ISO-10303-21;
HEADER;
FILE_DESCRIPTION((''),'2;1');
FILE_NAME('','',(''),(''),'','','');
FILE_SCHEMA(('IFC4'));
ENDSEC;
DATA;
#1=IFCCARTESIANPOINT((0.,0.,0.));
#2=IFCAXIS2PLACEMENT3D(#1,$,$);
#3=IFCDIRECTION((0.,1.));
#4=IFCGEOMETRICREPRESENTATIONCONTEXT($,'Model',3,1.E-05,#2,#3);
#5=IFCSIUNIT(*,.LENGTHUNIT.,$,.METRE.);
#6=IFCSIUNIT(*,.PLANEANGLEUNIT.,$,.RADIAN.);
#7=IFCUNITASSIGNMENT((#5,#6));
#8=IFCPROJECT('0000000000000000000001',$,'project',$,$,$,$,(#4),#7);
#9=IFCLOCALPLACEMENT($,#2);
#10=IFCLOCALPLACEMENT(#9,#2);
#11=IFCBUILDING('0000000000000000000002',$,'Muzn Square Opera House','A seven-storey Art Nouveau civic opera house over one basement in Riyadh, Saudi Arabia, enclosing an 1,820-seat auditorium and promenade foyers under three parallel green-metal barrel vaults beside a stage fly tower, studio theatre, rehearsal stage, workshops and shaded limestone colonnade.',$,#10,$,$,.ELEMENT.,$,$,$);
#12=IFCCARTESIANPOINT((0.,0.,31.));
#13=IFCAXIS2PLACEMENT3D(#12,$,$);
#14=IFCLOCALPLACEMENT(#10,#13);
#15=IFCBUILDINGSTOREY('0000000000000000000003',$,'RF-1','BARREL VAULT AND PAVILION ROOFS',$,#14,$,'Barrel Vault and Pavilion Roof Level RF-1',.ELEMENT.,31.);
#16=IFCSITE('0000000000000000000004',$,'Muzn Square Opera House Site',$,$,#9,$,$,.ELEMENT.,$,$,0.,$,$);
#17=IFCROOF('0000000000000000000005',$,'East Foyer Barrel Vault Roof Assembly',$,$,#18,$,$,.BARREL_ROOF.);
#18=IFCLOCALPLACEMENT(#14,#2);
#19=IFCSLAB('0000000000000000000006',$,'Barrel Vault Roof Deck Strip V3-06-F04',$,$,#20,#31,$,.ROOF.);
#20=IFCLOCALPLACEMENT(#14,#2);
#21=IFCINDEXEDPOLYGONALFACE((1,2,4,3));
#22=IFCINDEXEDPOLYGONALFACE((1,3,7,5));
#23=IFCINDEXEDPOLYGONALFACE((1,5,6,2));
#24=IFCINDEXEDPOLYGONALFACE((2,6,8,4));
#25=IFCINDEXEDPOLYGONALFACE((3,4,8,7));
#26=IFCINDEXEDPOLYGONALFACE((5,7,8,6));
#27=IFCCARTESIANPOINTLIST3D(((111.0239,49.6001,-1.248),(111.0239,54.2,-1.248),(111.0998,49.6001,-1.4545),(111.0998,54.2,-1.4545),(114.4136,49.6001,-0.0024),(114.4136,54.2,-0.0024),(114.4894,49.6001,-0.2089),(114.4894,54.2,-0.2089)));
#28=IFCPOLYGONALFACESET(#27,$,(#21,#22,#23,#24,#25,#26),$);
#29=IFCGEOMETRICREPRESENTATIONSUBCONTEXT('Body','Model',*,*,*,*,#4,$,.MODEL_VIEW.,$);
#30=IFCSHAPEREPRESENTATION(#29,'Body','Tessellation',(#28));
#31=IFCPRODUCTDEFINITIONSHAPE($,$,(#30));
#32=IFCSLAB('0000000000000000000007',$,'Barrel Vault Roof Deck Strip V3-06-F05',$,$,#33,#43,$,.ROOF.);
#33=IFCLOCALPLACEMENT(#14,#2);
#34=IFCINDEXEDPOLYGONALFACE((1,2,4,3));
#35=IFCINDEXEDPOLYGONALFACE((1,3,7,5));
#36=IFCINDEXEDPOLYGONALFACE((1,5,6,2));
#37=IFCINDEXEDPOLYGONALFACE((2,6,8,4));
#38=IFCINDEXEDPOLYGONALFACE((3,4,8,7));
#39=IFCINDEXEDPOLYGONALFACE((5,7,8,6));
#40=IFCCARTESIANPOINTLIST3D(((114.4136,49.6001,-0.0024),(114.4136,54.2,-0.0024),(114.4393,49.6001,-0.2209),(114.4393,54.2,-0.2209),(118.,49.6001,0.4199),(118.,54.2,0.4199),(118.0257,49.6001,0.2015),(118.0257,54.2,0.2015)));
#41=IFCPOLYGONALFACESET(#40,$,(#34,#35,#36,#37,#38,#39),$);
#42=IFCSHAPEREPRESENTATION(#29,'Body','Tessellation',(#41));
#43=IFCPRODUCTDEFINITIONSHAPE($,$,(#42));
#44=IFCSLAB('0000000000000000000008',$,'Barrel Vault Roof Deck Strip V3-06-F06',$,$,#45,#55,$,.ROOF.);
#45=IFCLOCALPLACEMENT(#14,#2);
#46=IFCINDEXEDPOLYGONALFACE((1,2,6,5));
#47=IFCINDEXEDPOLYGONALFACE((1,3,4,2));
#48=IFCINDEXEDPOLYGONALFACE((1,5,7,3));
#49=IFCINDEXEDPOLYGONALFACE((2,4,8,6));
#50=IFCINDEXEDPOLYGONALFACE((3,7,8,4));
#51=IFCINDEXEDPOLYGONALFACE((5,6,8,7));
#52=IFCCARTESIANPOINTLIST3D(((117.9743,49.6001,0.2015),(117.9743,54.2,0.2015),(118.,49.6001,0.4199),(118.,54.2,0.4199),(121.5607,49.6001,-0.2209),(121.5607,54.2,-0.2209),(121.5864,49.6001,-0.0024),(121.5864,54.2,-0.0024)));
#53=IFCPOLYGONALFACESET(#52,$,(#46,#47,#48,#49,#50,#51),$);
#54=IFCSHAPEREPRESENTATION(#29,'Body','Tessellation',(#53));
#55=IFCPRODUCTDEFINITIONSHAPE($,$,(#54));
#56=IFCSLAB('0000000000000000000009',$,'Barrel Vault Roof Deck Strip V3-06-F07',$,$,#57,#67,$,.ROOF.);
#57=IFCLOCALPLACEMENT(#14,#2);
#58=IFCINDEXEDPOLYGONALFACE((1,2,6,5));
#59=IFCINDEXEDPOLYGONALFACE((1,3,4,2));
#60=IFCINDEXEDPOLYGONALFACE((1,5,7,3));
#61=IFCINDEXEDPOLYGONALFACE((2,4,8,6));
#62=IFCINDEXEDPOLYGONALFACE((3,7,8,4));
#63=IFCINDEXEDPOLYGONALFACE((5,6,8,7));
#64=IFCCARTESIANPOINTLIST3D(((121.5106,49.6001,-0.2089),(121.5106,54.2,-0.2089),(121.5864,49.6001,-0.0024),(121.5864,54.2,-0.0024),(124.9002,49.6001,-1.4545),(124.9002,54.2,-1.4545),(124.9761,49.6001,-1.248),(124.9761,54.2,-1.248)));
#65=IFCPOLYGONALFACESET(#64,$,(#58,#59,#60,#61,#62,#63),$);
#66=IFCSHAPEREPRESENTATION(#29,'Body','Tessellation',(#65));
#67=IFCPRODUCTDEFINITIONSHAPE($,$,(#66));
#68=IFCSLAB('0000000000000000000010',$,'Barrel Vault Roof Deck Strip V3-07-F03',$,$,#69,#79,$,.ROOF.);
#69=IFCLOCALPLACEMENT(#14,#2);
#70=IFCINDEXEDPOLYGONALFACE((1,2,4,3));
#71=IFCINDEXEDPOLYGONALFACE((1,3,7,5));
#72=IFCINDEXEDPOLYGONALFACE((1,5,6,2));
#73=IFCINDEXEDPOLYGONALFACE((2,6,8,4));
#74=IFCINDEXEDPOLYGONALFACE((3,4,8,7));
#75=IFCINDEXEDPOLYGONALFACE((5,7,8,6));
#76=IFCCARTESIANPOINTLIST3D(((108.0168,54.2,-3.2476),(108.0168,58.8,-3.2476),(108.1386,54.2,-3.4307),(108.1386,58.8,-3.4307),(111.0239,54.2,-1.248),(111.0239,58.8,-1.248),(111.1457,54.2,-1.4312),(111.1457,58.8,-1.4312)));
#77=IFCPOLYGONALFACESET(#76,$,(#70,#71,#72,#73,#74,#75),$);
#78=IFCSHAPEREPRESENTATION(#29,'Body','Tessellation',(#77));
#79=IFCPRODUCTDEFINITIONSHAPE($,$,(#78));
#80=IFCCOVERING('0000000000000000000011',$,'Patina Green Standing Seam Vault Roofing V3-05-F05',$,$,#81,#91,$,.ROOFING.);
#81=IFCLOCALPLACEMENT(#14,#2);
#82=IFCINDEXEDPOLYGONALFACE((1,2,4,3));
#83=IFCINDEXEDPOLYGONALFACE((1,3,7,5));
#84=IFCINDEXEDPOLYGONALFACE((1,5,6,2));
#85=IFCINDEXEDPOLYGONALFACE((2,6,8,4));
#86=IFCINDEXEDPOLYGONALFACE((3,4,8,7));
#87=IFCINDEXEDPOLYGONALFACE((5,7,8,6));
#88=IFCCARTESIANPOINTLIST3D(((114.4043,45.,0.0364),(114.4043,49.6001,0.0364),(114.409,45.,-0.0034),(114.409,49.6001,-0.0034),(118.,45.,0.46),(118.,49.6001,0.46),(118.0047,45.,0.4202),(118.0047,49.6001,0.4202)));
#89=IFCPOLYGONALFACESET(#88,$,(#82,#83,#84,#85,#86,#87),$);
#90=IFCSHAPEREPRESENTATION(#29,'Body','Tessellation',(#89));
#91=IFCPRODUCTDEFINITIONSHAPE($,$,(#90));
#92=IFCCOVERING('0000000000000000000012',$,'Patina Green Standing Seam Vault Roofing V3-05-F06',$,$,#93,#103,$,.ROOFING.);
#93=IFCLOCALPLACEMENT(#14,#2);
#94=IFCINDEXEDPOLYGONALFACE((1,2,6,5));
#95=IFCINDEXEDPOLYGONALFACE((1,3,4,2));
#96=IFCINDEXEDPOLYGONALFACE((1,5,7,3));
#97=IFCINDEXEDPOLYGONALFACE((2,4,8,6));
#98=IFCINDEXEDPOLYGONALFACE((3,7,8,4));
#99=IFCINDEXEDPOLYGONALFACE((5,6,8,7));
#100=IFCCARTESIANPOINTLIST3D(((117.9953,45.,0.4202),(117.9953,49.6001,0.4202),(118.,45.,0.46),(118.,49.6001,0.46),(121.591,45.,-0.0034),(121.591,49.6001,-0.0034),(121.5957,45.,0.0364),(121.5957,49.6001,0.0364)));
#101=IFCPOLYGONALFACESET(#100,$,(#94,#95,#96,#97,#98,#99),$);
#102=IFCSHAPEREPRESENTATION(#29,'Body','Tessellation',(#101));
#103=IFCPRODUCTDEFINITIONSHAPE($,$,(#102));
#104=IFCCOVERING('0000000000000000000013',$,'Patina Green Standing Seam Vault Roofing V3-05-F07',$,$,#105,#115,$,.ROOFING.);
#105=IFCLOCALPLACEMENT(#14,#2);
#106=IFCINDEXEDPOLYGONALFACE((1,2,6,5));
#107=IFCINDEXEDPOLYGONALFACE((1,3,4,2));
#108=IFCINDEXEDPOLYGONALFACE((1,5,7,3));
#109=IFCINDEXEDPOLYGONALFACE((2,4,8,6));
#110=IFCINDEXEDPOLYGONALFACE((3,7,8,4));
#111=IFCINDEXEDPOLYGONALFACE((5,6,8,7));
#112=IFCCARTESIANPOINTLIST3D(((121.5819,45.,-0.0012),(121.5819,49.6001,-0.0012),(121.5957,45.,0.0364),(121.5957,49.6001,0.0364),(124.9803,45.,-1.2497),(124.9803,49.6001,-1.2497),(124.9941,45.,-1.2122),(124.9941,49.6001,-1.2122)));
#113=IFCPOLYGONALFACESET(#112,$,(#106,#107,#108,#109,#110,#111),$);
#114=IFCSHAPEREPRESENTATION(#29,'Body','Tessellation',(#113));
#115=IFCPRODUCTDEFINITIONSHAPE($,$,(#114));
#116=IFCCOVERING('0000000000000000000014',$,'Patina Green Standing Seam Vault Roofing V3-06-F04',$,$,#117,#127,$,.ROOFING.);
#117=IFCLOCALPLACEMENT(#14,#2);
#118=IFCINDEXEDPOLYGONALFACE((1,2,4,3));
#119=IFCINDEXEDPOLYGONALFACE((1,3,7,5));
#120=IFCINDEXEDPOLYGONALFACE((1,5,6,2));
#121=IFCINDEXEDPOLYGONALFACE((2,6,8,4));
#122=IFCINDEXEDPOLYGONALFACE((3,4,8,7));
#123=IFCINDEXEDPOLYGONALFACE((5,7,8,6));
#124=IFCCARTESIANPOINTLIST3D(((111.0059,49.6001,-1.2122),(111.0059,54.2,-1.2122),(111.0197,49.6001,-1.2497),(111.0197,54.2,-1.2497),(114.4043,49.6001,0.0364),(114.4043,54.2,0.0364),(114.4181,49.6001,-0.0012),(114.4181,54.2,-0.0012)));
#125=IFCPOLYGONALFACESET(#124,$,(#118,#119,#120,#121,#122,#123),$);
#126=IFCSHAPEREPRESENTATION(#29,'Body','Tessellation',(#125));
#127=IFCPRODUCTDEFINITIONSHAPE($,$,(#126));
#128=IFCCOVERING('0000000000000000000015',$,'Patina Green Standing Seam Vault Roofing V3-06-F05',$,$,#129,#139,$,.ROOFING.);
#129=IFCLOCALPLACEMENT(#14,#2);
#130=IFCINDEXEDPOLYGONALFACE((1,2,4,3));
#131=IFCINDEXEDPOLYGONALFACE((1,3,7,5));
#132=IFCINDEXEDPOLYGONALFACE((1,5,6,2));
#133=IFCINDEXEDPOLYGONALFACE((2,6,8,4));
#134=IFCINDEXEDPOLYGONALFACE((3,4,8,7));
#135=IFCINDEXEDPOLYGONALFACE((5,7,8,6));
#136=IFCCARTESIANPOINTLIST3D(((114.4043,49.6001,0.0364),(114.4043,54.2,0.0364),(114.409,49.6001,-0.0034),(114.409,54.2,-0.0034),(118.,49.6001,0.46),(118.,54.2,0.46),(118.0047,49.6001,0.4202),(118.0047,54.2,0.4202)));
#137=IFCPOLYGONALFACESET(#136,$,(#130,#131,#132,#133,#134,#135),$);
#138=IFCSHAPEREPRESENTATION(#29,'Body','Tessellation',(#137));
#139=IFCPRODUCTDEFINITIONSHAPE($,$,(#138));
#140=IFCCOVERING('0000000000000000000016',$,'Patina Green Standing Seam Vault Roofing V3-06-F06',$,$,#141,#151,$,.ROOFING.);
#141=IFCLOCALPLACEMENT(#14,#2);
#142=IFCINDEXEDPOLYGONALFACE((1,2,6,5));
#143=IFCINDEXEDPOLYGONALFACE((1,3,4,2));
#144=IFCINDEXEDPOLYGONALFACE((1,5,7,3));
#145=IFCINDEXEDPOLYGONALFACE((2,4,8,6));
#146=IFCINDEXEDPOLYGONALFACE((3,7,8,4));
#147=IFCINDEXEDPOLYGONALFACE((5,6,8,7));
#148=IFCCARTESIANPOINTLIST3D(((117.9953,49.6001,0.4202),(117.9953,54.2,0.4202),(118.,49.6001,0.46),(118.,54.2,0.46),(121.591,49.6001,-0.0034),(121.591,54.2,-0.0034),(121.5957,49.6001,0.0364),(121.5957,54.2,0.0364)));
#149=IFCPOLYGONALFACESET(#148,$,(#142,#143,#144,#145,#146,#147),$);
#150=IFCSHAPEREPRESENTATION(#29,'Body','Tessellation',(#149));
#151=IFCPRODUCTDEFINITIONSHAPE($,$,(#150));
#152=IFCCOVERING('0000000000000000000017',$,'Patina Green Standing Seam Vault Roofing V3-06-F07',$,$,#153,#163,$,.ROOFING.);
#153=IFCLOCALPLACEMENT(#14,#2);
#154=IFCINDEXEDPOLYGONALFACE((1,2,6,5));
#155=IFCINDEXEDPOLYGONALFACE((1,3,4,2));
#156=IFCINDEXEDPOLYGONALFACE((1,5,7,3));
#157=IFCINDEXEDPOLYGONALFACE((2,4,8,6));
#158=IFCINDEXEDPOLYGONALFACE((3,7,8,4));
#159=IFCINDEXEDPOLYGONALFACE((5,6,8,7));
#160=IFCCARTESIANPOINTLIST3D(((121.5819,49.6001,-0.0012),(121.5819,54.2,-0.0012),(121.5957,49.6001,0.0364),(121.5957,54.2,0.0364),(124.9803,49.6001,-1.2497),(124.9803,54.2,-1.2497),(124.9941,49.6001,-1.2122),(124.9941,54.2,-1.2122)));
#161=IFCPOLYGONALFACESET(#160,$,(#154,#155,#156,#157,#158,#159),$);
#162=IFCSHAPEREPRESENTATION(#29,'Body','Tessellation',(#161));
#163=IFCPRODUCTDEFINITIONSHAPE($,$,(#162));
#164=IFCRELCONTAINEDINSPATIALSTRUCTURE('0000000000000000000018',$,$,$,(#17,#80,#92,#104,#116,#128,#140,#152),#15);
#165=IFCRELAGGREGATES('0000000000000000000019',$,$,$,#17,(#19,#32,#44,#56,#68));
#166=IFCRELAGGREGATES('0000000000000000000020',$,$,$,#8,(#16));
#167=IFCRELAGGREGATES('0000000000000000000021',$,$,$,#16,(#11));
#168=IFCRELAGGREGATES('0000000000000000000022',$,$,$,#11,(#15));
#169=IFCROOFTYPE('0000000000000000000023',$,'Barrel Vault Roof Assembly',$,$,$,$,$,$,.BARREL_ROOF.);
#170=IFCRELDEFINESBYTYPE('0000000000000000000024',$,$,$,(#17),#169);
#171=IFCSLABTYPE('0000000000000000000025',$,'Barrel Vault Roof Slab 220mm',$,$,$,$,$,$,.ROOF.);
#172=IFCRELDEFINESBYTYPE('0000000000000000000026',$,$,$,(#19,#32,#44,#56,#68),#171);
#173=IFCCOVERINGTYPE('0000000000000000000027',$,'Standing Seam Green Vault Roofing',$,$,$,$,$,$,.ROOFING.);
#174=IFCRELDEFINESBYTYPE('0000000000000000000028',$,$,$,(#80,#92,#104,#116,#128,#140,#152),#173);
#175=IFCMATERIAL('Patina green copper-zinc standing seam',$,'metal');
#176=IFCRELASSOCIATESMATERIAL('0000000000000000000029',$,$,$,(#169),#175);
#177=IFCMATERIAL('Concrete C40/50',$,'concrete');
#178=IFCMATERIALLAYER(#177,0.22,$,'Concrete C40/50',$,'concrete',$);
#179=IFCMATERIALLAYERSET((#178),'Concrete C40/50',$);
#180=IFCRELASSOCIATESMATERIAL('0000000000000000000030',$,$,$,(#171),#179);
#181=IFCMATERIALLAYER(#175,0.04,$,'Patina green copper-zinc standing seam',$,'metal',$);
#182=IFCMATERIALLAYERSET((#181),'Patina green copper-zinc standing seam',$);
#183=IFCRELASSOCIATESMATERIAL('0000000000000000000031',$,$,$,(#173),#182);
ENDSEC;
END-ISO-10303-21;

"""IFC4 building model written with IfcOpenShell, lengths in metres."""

from ifc_helpers import new_model, si_unit, direction, frame, origin, place, context, subcontext, project, spatial, polyline, outline, extrude, material, layer, layer_set, type_object, element, aggregate, save


model = new_model("IFC4")

# Units and contexts
model_context = context("Model", 3, precision=1e-05, world=origin(), true_north=direction((0.0, 1.0)))
body_context = subcontext(model_context, "Body", "Model", "MODEL_VIEW")
ifc_project = project(units=[si_unit("LENGTHUNIT", "METRE"), si_unit("PLANEANGLEUNIT", "RADIAN")], contexts=[model_context])

# Site, building, storey
site_placement = place(None, origin())
site = spatial("IfcSite", under=ifc_project, at=site_placement, Name="Muzn Square Opera House Site", CompositionType="ELEMENT", RefElevation=0.0)
building_placement = place(site_placement, origin())
building = spatial("IfcBuilding", under=site, at=building_placement, Name="Muzn Square Opera House", Description="A seven-storey Art Nouveau civic opera house over one basement in Riyadh, Saudi Arabia, enclosing an 1,820-seat auditorium and promenade foyers under three parallel green-metal barrel vaults beside a stage fly tower, studio theatre, rehearsal stage, workshops and shaded limestone colonnade.", CompositionType="ELEMENT")
storey_placement = place(building_placement, frame((0.0, 0.0, 31.0)))
storey = spatial("IfcBuildingStorey", under=building, at=storey_placement, Name="RF-1", Description="BARREL VAULT AND PAVILION ROOFS", LongName="Barrel Vault and Pavilion Roof Level RF-1", CompositionType="ELEMENT", Elevation=31.0)

# Roof, slabs
ifc_material_1 = material(Name="Patina green copper-zinc standing seam", Category="metal")
roof_type = type_object("IfcRoofType", Name="Barrel Vault Roof Assembly", PredefinedType="BARREL_ROOF", material=ifc_material_1)
roof_placement = place(storey_placement, origin())
roof = element("IfcRoof", 1, at=roof_placement, inside=storey, type_object=roof_type, Name="East Foyer Barrel Vault Roof Assembly", PredefinedType="BARREL_ROOF")
ifc_material_2 = material(Name="Concrete C40/50", Category="concrete")
ifc_layer_1 = layer(ifc_material_2, 0.22, Name="Concrete C40/50", Category="concrete")
ifc_layer_set_1 = layer_set([ifc_layer_1], Name="Concrete C40/50")
slab_type = type_object("IfcSlabType", Name="Barrel Vault Roof Slab 220mm", PredefinedType="ROOF", material=ifc_layer_set_1)
slab_1_placement = place(storey_placement, frame((114.4136, 49.6001, -0.0024), z_axis=(-0.344922, 0.0, 0.938631), x_axis=(0.0, 1.0, 0.0)))
slab_1 = element("IfcSlab", 2, at=slab_1_placement, type_object=slab_type, Name="Barrel Vault Roof Deck Strip V3-06-F04", PredefinedType="ROOF", context=body_context, shape_type="SweptSolid", body=[
    extrude(outline(polyline([(0.0, 3.6113), (0.0, 0.0), (4.5999, 0.0), (4.5999, 3.6113), (0.0, 3.6113)])), origin(), (0.0, 0.0, -1.0), 0.22),
])
slab_2_placement = place(storey_placement, frame((118.0, 49.6001, 0.4199), z_axis=(-0.116959, 0.0, 0.993137), x_axis=(0.0, 1.0, 0.0)))
slab_2 = element("IfcSlab", 3, at=slab_2_placement, type_object=slab_type, Name="Barrel Vault Roof Deck Strip V3-06-F05", PredefinedType="ROOF", context=body_context, shape_type="SweptSolid", body=[
    extrude(outline(polyline([(0.0, 3.6112), (0.0, 0.0), (4.5999, 0.0), (4.5999, 3.6112), (0.0, 3.6112)])), origin(), (0.0, 0.0, -1.0), 0.22),
])
slab_3_placement = place(storey_placement, frame((118.0, 49.6001, 0.4199), z_axis=(0.116959, 0.0, 0.993137), x_axis=(0.993137, 0.0, -0.116959)))
slab_3 = element("IfcSlab", 4, at=slab_3_placement, type_object=slab_type, Name="Barrel Vault Roof Deck Strip V3-06-F06", PredefinedType="ROOF", context=body_context, shape_type="SweptSolid", body=[
    extrude(outline(polyline([(0.0, 0.0), (3.6112, 0.0), (3.6112, 4.5999), (0.0, 4.5999), (0.0, 0.0)])), origin(), (0.0, 0.0, -1.0), 0.22),
])
slab_4_placement = place(storey_placement, frame((121.5864, 49.6001, -0.0024), z_axis=(0.344922, 0.0, 0.938631), x_axis=(0.938631, 0.0, -0.344922)))
slab_4 = element("IfcSlab", 5, at=slab_4_placement, type_object=slab_type, Name="Barrel Vault Roof Deck Strip V3-06-F07", PredefinedType="ROOF", context=body_context, shape_type="SweptSolid", body=[
    extrude(outline(polyline([(0.0, 0.0), (3.6113, 0.0), (3.6113, 4.5999), (0.0, 4.5999), (0.0, 0.0)])), origin(), (0.0, 0.0, -1.0), 0.22),
])
slab_5_placement = place(storey_placement, frame((111.0239, 54.2, -1.248), z_axis=(-0.553701, 0.0, 0.832715), x_axis=(0.0, 1.0, 0.0)))
slab_5 = element("IfcSlab", 6, at=slab_5_placement, type_object=slab_type, Name="Barrel Vault Roof Deck Strip V3-07-F03", PredefinedType="ROOF", context=body_context, shape_type="SweptSolid", body=[
    extrude(outline(polyline([(0.0, 3.6112), (0.0, 0.0), (4.6001, 0.0), (4.6001, 3.6112), (0.0, 3.6112)])), origin(), (0.0, 0.0, -1.0), 0.22),
])
aggregate(roof, [slab_1, slab_2, slab_3, slab_4, slab_5])

# Coverings
ifc_layer_2 = layer(ifc_material_1, 0.04, Name="Patina green copper-zinc standing seam", Category="metal")
ifc_layer_set_2 = layer_set([ifc_layer_2], Name="Patina green copper-zinc standing seam")
covering_type = type_object("IfcCoveringType", Name="Standing Seam Green Vault Roofing", PredefinedType="ROOFING", material=ifc_layer_set_2)
covering_1_placement = place(storey_placement, frame((118.0, 45.0, 0.46), z_axis=(-0.116994, 0.0, 0.993133), x_axis=(0.0, 1.0, 0.0)))
element("IfcCovering", 7, at=covering_1_placement, inside=storey, type_object=covering_type, Name="Patina Green Standing Seam Vault Roofing V3-05-F05", PredefinedType="ROOFING", context=body_context, shape_type="SweptSolid", body=[
    extrude(outline(polyline([(0.0, 3.6206), (0.0, 0.0), (4.6001, 0.0), (4.6001, 3.6206), (0.0, 3.6206)])), origin(), (0.0, 0.0, -1.0), 0.04),
])
covering_2_placement = place(storey_placement, frame((118.0, 45.0, 0.46), z_axis=(0.116994, 0.0, 0.993133), x_axis=(0.993133, 0.0, -0.116994)))
element("IfcCovering", 8, at=covering_2_placement, inside=storey, type_object=covering_type, Name="Patina Green Standing Seam Vault Roofing V3-05-F06", PredefinedType="ROOFING", context=body_context, shape_type="SweptSolid", body=[
    extrude(outline(polyline([(0.0, 0.0), (3.6206, 0.0), (3.6206, 4.6001), (0.0, 4.6001), (0.0, 0.0)])), origin(), (0.0, 0.0, -1.0), 0.04),
])
covering_3_placement = place(storey_placement, frame((121.5957, 45.0, 0.0364), z_axis=(0.344849, 0.0, 0.938658), x_axis=(0.938658, 0.0, -0.344849)))
element("IfcCovering", 9, at=covering_3_placement, inside=storey, type_object=covering_type, Name="Patina Green Standing Seam Vault Roofing V3-05-F07", PredefinedType="ROOFING", context=body_context, shape_type="SweptSolid", body=[
    extrude(outline(polyline([(0.0, 0.0), (3.6205, 0.0), (3.6205, 4.6001), (0.0, 4.6001), (0.0, 0.0)])), origin(), (0.0, 0.0, -1.0), 0.04),
])
covering_4_placement = place(storey_placement, frame((114.4043, 49.6001, 0.0364), z_axis=(-0.344849, 0.0, 0.938658), x_axis=(0.0, 1.0, 0.0)))
element("IfcCovering", 10, at=covering_4_placement, inside=storey, type_object=covering_type, Name="Patina Green Standing Seam Vault Roofing V3-06-F04", PredefinedType="ROOFING", context=body_context, shape_type="SweptSolid", body=[
    extrude(outline(polyline([(0.0, 3.6205), (0.0, 0.0), (4.5999, 0.0), (4.5999, 3.6205), (0.0, 3.6205)])), origin(), (0.0, 0.0, -1.0), 0.04),
])
covering_5_placement = place(storey_placement, frame((118.0, 49.6001, 0.46), z_axis=(-0.116994, 0.0, 0.993133), x_axis=(0.0, 1.0, 0.0)))
element("IfcCovering", 11, at=covering_5_placement, inside=storey, type_object=covering_type, Name="Patina Green Standing Seam Vault Roofing V3-06-F05", PredefinedType="ROOFING", context=body_context, shape_type="SweptSolid", body=[
    extrude(outline(polyline([(0.0, 3.6206), (0.0, 0.0), (4.5999, 0.0), (4.5999, 3.6206), (0.0, 3.6206)])), origin(), (0.0, 0.0, -1.0), 0.04),
])
covering_6_placement = place(storey_placement, frame((118.0, 49.6001, 0.46), z_axis=(0.116994, 0.0, 0.993133), x_axis=(0.993133, 0.0, -0.116994)))
element("IfcCovering", 12, at=covering_6_placement, inside=storey, type_object=covering_type, Name="Patina Green Standing Seam Vault Roofing V3-06-F06", PredefinedType="ROOFING", context=body_context, shape_type="SweptSolid", body=[
    extrude(outline(polyline([(0.0, 0.0), (3.6206, 0.0), (3.6206, 4.5999), (0.0, 4.5999), (0.0, 0.0)])), origin(), (0.0, 0.0, -1.0), 0.04),
])
covering_7_placement = place(storey_placement, frame((121.5957, 49.6001, 0.0364), z_axis=(0.344849, 0.0, 0.938658), x_axis=(0.938658, 0.0, -0.344849)))
element("IfcCovering", 13, at=covering_7_placement, inside=storey, type_object=covering_type, Name="Patina Green Standing Seam Vault Roofing V3-06-F07", PredefinedType="ROOFING", context=body_context, shape_type="SweptSolid", body=[
    extrude(outline(polyline([(0.0, 0.0), (3.6205, 0.0), (3.6205, 4.5999), (0.0, 4.5999), (0.0, 0.0)])), origin(), (0.0, 0.0, -1.0), 0.04),
])

save(model, "model.ifc")
